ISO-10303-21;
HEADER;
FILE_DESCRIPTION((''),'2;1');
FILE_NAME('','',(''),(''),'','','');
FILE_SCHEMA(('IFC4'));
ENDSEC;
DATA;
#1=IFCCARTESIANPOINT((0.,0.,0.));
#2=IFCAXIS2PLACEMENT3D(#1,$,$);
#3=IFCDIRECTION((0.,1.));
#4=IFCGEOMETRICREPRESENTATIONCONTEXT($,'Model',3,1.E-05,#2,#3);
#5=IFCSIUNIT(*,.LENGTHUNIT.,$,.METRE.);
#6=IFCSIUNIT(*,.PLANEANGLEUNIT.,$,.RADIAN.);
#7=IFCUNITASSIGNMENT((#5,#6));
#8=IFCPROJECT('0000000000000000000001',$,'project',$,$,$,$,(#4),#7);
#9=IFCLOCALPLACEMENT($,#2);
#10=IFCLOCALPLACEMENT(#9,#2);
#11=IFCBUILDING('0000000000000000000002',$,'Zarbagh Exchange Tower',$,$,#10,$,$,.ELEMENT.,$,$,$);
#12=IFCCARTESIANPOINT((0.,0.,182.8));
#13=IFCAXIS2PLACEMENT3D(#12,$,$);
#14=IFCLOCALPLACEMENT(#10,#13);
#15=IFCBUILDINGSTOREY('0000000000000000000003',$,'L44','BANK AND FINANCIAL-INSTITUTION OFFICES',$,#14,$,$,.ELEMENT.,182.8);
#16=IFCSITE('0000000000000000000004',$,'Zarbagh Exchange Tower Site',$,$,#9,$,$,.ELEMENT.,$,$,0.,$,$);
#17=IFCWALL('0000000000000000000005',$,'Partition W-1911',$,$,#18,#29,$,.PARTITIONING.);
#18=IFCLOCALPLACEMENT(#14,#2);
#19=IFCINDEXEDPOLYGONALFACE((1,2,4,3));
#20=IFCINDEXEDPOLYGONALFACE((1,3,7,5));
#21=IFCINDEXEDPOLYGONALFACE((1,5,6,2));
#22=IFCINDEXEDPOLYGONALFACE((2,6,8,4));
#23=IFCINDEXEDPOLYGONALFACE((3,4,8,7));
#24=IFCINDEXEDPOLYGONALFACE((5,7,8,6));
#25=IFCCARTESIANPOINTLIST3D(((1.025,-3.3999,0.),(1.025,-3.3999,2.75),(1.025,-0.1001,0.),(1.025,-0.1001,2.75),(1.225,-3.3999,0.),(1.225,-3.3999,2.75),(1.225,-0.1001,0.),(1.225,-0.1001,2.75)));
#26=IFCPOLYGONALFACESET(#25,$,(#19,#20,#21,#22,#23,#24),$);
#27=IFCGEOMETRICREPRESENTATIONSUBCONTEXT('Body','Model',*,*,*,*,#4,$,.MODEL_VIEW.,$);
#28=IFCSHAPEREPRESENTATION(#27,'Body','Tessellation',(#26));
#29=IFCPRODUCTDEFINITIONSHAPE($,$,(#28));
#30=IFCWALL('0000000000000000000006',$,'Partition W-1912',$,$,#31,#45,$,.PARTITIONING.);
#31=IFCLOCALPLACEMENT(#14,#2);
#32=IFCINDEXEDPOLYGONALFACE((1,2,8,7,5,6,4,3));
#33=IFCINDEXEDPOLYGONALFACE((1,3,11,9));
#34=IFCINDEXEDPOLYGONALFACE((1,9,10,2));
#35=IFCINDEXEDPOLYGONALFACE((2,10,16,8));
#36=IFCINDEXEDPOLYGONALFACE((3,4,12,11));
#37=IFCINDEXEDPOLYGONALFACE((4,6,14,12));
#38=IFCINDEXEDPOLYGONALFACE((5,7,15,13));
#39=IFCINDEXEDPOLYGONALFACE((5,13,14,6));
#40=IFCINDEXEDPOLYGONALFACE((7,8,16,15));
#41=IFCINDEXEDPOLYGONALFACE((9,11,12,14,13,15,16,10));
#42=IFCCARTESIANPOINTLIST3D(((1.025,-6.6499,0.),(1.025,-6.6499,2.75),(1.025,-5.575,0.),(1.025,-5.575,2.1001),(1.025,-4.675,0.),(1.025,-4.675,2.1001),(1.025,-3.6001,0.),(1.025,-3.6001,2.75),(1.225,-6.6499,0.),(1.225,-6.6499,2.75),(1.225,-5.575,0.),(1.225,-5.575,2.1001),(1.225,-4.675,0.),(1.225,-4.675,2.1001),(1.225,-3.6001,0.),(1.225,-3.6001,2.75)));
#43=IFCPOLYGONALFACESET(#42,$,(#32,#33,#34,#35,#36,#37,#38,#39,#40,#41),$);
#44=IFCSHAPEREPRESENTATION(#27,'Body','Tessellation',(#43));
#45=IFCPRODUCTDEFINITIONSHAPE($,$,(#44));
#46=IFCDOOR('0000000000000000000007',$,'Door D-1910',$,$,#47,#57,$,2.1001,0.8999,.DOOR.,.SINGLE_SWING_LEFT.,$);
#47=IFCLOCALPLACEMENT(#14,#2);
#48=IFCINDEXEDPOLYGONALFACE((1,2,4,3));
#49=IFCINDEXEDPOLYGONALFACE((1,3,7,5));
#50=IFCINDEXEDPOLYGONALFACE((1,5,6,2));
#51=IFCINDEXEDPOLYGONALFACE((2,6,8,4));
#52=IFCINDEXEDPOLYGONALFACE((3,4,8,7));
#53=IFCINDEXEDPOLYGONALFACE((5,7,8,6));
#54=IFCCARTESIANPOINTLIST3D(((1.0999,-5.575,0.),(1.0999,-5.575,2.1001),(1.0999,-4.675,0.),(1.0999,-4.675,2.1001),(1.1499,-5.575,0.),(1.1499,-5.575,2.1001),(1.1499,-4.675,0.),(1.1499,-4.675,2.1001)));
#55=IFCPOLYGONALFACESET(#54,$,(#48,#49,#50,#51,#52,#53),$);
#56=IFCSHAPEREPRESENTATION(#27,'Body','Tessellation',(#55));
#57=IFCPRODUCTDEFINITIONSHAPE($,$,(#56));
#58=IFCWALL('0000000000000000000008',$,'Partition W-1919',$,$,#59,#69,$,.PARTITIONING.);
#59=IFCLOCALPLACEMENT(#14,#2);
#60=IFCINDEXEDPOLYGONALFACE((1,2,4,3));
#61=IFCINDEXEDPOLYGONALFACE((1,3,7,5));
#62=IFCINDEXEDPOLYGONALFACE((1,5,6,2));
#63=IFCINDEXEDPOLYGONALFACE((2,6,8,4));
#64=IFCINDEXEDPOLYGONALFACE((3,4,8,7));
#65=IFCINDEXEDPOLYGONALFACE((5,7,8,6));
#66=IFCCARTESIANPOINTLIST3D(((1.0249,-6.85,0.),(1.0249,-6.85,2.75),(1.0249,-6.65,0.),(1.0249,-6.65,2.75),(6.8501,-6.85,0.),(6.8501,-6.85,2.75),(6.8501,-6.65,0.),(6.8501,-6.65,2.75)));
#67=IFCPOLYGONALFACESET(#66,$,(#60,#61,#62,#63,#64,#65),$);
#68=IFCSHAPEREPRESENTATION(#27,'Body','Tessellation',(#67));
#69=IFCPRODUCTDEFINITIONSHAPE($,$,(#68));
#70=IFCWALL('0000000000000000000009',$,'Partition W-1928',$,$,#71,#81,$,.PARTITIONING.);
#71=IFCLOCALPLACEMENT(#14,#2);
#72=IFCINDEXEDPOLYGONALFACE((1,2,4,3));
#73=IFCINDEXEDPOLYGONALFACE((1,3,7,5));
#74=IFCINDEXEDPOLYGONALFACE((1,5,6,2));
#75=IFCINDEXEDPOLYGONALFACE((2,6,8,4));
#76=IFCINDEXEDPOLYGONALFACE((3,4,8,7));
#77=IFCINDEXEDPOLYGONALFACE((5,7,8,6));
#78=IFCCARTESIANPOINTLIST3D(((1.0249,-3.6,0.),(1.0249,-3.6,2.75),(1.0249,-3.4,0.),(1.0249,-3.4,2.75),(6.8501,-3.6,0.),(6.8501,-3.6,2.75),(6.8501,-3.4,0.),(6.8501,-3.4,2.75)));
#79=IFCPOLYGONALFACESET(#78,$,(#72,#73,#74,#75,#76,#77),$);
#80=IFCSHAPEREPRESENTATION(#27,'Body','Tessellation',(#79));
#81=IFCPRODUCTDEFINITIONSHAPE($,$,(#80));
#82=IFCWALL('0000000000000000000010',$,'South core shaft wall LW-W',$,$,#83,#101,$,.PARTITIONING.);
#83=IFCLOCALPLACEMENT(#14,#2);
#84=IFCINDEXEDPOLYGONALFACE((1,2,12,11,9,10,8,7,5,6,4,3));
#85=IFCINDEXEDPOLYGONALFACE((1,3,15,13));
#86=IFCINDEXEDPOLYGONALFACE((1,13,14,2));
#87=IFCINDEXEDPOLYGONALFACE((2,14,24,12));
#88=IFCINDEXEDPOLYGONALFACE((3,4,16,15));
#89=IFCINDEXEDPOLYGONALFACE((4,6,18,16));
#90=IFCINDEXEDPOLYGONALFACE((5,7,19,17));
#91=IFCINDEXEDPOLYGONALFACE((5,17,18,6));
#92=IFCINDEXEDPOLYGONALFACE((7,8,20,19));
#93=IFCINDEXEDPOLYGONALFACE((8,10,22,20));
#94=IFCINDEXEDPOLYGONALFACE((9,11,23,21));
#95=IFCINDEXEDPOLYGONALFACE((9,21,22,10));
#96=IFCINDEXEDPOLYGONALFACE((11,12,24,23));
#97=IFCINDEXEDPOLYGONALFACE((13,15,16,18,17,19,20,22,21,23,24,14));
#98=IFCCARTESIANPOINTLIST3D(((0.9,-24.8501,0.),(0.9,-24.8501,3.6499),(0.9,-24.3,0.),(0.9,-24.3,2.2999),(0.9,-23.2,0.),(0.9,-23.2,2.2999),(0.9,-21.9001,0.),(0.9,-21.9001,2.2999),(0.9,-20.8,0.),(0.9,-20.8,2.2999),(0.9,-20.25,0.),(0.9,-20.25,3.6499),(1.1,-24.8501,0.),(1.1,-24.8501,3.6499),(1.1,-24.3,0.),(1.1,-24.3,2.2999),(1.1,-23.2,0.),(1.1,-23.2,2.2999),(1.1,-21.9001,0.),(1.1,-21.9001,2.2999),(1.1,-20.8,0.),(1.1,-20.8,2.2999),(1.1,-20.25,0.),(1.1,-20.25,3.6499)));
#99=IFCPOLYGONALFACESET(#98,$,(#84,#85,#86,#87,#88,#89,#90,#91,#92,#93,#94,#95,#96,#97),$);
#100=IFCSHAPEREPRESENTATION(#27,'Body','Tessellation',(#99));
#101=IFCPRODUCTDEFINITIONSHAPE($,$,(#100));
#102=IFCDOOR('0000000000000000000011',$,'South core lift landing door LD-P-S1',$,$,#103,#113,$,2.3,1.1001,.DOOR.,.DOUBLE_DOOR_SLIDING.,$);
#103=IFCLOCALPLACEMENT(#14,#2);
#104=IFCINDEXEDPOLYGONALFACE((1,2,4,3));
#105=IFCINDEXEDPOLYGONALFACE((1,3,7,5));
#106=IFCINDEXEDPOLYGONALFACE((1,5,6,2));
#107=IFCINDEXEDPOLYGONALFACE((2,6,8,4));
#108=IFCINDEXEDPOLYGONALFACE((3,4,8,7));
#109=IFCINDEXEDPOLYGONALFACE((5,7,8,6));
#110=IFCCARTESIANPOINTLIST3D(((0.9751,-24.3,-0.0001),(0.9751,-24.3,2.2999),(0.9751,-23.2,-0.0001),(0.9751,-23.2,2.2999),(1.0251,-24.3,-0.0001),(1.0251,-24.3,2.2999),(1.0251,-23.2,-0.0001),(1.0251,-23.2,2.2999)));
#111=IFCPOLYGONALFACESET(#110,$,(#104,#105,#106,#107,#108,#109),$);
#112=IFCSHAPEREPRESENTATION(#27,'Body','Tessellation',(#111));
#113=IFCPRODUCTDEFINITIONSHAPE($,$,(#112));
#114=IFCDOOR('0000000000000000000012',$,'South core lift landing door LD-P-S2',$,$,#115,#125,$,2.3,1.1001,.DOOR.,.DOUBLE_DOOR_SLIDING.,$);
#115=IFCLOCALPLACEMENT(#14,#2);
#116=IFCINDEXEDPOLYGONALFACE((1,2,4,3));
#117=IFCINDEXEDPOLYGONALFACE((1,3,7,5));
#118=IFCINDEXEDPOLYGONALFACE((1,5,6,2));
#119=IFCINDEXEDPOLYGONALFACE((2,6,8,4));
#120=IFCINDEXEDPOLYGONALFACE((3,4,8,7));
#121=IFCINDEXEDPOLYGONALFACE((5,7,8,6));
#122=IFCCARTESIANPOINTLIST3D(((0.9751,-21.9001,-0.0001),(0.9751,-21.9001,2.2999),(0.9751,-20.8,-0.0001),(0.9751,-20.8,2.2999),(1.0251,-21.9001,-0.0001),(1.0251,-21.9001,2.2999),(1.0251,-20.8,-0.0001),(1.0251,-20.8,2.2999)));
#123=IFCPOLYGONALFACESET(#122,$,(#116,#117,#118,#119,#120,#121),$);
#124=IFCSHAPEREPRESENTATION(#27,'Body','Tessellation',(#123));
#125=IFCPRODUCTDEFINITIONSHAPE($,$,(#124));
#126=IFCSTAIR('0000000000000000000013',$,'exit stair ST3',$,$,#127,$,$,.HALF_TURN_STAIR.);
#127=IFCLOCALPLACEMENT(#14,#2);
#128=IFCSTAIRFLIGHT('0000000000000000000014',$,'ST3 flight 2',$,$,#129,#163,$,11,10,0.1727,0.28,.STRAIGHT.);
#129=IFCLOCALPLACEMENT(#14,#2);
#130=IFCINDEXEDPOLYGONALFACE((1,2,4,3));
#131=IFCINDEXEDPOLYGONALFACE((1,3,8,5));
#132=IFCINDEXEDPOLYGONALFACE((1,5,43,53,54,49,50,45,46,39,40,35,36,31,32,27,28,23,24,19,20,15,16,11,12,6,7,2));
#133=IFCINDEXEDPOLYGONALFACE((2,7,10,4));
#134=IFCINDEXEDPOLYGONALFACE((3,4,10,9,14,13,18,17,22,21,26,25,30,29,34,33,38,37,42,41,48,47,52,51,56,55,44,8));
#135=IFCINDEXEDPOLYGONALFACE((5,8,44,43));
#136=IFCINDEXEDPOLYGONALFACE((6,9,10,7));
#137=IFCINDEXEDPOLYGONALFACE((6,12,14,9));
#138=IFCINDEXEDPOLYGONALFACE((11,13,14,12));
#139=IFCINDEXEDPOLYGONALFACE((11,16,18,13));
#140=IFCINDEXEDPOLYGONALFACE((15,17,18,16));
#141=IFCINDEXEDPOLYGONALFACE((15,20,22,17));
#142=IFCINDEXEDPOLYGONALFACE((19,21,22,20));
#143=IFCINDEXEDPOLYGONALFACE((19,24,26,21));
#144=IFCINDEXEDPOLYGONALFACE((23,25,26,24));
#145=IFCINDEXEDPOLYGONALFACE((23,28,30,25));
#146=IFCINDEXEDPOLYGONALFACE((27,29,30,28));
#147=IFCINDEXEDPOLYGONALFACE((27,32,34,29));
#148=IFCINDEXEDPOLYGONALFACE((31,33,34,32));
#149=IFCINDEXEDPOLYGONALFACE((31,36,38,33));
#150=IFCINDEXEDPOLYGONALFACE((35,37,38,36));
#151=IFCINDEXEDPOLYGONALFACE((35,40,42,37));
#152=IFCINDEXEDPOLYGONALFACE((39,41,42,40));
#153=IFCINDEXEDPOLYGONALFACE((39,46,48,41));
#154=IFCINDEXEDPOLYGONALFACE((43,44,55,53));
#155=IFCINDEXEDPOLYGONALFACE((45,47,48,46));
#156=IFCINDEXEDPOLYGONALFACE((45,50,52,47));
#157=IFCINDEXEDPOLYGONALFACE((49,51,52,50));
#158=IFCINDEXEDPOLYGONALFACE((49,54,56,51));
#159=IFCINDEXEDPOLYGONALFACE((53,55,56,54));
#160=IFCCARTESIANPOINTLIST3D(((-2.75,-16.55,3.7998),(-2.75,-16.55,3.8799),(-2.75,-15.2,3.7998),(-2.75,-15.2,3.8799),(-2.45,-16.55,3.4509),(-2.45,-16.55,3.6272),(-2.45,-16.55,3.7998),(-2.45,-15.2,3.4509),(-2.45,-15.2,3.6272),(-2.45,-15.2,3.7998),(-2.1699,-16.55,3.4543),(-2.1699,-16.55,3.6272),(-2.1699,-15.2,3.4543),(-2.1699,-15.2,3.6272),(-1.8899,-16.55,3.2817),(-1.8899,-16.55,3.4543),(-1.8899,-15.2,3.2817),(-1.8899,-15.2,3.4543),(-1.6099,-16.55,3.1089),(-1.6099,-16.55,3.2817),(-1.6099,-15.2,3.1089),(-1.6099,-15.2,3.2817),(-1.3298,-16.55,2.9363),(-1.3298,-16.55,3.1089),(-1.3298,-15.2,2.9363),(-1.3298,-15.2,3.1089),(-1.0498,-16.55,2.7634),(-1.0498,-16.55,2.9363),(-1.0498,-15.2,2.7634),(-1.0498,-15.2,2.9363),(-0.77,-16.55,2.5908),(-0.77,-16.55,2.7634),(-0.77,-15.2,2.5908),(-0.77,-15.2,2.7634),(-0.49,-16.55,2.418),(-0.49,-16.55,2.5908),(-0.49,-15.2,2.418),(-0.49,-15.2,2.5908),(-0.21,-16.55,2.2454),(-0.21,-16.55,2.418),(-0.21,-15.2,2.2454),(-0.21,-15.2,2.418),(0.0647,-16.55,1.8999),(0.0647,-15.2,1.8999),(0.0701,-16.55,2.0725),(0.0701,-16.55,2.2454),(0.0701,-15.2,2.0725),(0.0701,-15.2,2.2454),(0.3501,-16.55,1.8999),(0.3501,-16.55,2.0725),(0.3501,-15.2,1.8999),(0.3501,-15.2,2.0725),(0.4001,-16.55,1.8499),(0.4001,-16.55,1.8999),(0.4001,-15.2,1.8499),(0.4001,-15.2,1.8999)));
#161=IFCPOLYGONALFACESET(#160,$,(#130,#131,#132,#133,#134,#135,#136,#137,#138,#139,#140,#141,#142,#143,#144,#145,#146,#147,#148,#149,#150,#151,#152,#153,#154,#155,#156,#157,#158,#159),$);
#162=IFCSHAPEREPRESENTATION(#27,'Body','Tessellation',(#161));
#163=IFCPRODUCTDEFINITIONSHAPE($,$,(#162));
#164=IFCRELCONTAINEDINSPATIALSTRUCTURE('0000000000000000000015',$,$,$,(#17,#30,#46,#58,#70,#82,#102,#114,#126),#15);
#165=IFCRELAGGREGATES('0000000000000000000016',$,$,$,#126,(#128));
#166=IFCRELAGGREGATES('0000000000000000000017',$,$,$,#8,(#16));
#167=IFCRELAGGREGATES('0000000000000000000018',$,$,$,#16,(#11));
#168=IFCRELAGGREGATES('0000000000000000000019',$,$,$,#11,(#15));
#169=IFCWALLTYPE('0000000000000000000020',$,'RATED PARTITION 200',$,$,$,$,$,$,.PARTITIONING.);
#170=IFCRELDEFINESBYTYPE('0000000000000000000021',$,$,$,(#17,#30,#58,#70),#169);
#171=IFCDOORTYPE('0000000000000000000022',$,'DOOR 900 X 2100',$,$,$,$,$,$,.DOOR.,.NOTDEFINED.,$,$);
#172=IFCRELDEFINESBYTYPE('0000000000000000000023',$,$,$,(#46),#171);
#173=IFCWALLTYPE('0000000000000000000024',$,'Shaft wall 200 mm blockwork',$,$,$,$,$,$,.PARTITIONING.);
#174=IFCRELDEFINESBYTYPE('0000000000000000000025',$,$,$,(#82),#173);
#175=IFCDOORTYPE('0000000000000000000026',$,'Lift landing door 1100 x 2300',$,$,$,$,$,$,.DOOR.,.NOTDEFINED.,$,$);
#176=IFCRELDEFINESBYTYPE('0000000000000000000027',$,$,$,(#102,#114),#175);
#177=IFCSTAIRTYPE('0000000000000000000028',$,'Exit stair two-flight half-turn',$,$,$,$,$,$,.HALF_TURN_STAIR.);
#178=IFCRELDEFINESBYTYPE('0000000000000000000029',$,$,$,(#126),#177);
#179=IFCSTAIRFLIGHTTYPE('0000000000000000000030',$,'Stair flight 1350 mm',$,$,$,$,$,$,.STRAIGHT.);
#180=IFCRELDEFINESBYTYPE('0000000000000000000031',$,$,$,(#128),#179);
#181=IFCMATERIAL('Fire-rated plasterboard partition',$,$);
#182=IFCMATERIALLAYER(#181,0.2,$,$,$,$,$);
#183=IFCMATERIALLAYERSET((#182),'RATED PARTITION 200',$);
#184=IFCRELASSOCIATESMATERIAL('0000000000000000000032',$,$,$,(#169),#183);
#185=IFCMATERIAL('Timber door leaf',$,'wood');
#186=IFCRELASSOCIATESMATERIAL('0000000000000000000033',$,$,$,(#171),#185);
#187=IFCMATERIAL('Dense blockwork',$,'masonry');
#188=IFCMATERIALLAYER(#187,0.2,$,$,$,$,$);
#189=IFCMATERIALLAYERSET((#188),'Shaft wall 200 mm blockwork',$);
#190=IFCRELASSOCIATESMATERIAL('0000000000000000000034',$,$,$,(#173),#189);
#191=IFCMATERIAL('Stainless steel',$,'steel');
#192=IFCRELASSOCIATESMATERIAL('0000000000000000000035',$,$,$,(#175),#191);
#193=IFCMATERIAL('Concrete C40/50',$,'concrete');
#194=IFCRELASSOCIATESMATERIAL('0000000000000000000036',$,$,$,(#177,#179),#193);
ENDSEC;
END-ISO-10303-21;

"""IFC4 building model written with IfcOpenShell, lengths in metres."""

from ifc_helpers import new_model, si_unit, direction, frame, frame_2d, origin, place, context, subcontext, project, spatial, polyline, rectangle, outline, extrude, material, layer, layer_set, type_object, element, fill, aggregate, save


model = new_model("IFC4")

# Units and contexts
model_context = context("Model", 3, precision=1e-05, world=origin(), true_north=direction((0.0, 1.0)))
body_context = subcontext(model_context, "Body", "Model", "MODEL_VIEW")
ifc_project = project(units=[si_unit("LENGTHUNIT", "METRE"), si_unit("PLANEANGLEUNIT", "RADIAN")], contexts=[model_context])

# Site, building, storey
site_placement = place(None, origin())
site = spatial("IfcSite", under=ifc_project, at=site_placement, Name="Zarbagh Exchange Tower Site", CompositionType="ELEMENT", RefElevation=0.0)
building_placement = place(site_placement, origin())
building = spatial("IfcBuilding", under=site, at=building_placement, Name="Zarbagh Exchange Tower", CompositionType="ELEMENT")
storey_placement = place(building_placement, frame((0.0, 0.0, 182.8)))
storey = spatial("IfcBuildingStorey", under=building, at=storey_placement, Name="L44", Description="BANK AND FINANCIAL-INSTITUTION OFFICES", CompositionType="ELEMENT", Elevation=182.8)

# Wall
ifc_material_1 = material(Name="Fire-rated plasterboard partition")
ifc_layer_1 = layer(ifc_material_1, 0.2)
ifc_layer_set_1 = layer_set([ifc_layer_1], Name="RATED PARTITION 200")
wall_type_1 = type_object("IfcWallType", Name="RATED PARTITION 200", PredefinedType="PARTITIONING", material=ifc_layer_set_1)
wall_1_placement = place(storey_placement, frame((1.125, -3.3999, 0.0), z_axis=(0.0, 0.0, 1.0), x_axis=(0.0, 1.0, 0.0)))
element("IfcWall", 1, at=wall_1_placement, inside=storey, type_object=wall_type_1, Name="Partition W-1911", PredefinedType="PARTITIONING", context=body_context, shape_type="SweptSolid", body=[
    extrude(rectangle(XDim=3.2998, YDim=0.2, at=frame_2d((1.6499, 0.0))), origin(), (0.0, 0.0, 1.0), 2.75),
])

# Wall, opening, door
wall_2_placement = place(storey_placement, frame((1.125, -3.6001, 0.0), z_axis=(0.0, 0.0, 1.0), x_axis=(0.0, -1.0, 0.0)))
wall_2 = element("IfcWall", 2, at=wall_2_placement, inside=storey, type_object=wall_type_1, Name="Partition W-1912", PredefinedType="PARTITIONING", context=body_context, shape_type="SweptSolid", body=[
    extrude(rectangle(XDim=3.0498, YDim=0.2, at=frame_2d((1.5249, 0.0))), origin(), (0.0, 0.0, 1.0), 2.75),
])
opening_1_placement = place(wall_2_placement, frame((1.075, 0.0, 0.0)))
opening_1 = element("IfcOpeningElement", 3, at=opening_1_placement, cuts=wall_2, PredefinedType="OPENING", context=body_context, shape_type="SweptSolid", body=[
    extrude(rectangle(XDim=0.8999, YDim=2.1001, at=frame_2d((0.45, 1.05))), frame((0.0, 0.1099, 0.0), z_axis=(0.0, -1.0, 0.0), x_axis=(1.0, 0.0, 0.0)), (0.0, 0.0, 1.0), 0.22),
])
ifc_material_2 = material(Name="Timber door leaf", Category="wood")
door_type_1 = type_object("IfcDoorType", Name="DOOR 900 X 2100", OperationType="NOTDEFINED", PredefinedType="DOOR", material=ifc_material_2)
door_1_placement = place(opening_1_placement, origin())
door_1 = element("IfcDoor", 4, at=door_1_placement, inside=storey, type_object=door_type_1, Name="Door D-1910", OperationType="SINGLE_SWING_LEFT", OverallHeight=2.1001, OverallWidth=0.8999, PredefinedType="DOOR", context=body_context, shape_type="SweptSolid", body=[
    extrude(rectangle(XDim=0.8999, YDim=2.1001, at=frame_2d((0.45, 1.05))), frame((0.0, 0.0249, 0.0), z_axis=(0.0, -1.0, 0.0), x_axis=(1.0, 0.0, 0.0)), (0.0, 0.0, 1.0), 0.05),
])
fill(opening_1, door_1)

# Walls
for number, where, z_axis, x_axis, name in (
    (5, (1.0249, -6.75, 0.0), (0.0, 0.0, 1.0), (1.0, 0.0, 0.0), "Partition W-1919"),
    (6, (1.0249, -3.5, 0.0), (0.0, 0.0, 1.0), (1.0, 0.0, 0.0), "Partition W-1928"),
):
    element("IfcWall", number, at=place(storey_placement, frame(where, z_axis=z_axis, x_axis=x_axis)), inside=storey, type_object=wall_type_1, Name=name, PredefinedType="PARTITIONING", context=body_context, shape_type="SweptSolid", body=[
        extrude(rectangle(XDim=5.8252, YDim=0.2, at=frame_2d((2.9126, 0.0))), origin(), (0.0, 0.0, 1.0), 2.75),
    ])

# Wall, openings, doors
ifc_material_3 = material(Name="Dense blockwork", Category="masonry")
ifc_layer_2 = layer(ifc_material_3, 0.2)
ifc_layer_set_2 = layer_set([ifc_layer_2], Name="Shaft wall 200 mm blockwork")
wall_type_2 = type_object("IfcWallType", Name="Shaft wall 200 mm blockwork", PredefinedType="PARTITIONING", material=ifc_layer_set_2)
wall_3_placement = place(storey_placement, frame((1.0, -24.8501, 0.0), z_axis=(0.0, 0.0, 1.0), x_axis=(0.0, 1.0, 0.0)))
wall_3 = element("IfcWall", 7, at=wall_3_placement, inside=storey, type_object=wall_type_2, Name="South core shaft wall LW-W", PredefinedType="PARTITIONING", context=body_context, shape_type="SweptSolid", body=[
    extrude(rectangle(XDim=4.6001, YDim=0.2, at=frame_2d((2.3, 0.0))), origin(), (0.0, 0.0, 1.0), 3.6499),
])
opening_2_placement = place(wall_3_placement, frame((0.55, 0.0, 0.0)))
opening_2 = element("IfcOpeningElement", 8, at=opening_2_placement, cuts=wall_3, PredefinedType="OPENING", context=body_context, shape_type="SweptSolid", body=[
    extrude(rectangle(XDim=1.1001, YDim=2.3, at=frame_2d((0.55, 1.1499))), frame((0.0, 0.1099, 0.0), z_axis=(0.0, -1.0, 0.0), x_axis=(1.0, 0.0, 0.0)), (0.0, 0.0, 1.0), 0.22),
])
opening_3_placement = place(wall_3_placement, frame((2.95, 0.0, 0.0)))
opening_3 = element("IfcOpeningElement", 9, at=opening_3_placement, cuts=wall_3, PredefinedType="OPENING", context=body_context, shape_type="SweptSolid", body=[
    extrude(rectangle(XDim=1.1001, YDim=2.3, at=frame_2d((0.55, 1.1499))), frame((0.0, 0.1099, 0.0), z_axis=(0.0, -1.0, 0.0), x_axis=(1.0, 0.0, 0.0)), (0.0, 0.0, 1.0), 0.22),
])
ifc_material_4 = material(Name="Stainless steel", Category="steel")
door_type_2 = type_object("IfcDoorType", Name="Lift landing door 1100 x 2300", OperationType="NOTDEFINED", PredefinedType="DOOR", material=ifc_material_4)
door_2_placement = place(opening_2_placement, origin())
door_2 = element("IfcDoor", 10, at=door_2_placement, inside=storey, type_object=door_type_2, Name="South core lift landing door LD-P-S1", OperationType="DOUBLE_DOOR_SLIDING", OverallHeight=2.3, OverallWidth=1.1001, PredefinedType="DOOR", context=body_context, shape_type="SweptSolid", body=[
    extrude(rectangle(XDim=1.1001, YDim=2.3, at=frame_2d((0.55, 1.1499))), frame((0.0, 0.0249, 0.0), z_axis=(0.0, -1.0, 0.0), x_axis=(1.0, 0.0, 0.0)), (0.0, 0.0, 1.0), 0.05),
])
fill(opening_2, door_2)
door_3_placement = place(opening_3_placement, origin())
door_3 = element("IfcDoor", 11, at=door_3_placement, inside=storey, type_object=door_type_2, Name="South core lift landing door LD-P-S2", OperationType="DOUBLE_DOOR_SLIDING", OverallHeight=2.3, OverallWidth=1.1001, PredefinedType="DOOR", context=body_context, shape_type="SweptSolid", body=[
    extrude(rectangle(XDim=1.1001, YDim=2.3, at=frame_2d((0.55, 1.1499))), frame((0.0, 0.0249, 0.0), z_axis=(0.0, -1.0, 0.0), x_axis=(1.0, 0.0, 0.0)), (0.0, 0.0, 1.0), 0.05),
])
fill(opening_3, door_3)

# Stair, stair flight
ifc_material_5 = material(Name="Concrete C40/50", Category="concrete")
stair_type = type_object("IfcStairType", Name="Exit stair two-flight half-turn", PredefinedType="HALF_TURN_STAIR", material=ifc_material_5)
stair_1_placement = place(storey_placement, origin())
stair_1 = element("IfcStair", 12, at=stair_1_placement, inside=storey, type_object=stair_type, Name="exit stair ST3", PredefinedType="HALF_TURN_STAIR")
stair_flight_type_1 = type_object("IfcStairFlightType", Name="Stair flight 1350 mm", PredefinedType="STRAIGHT", material=ifc_material_5)
stair_flight_1_placement = place(storey_placement, frame((0.3501, -15.875, 1.8999), z_axis=(0.0, 0.0, 1.0), x_axis=(-1.0, 0.0, 0.0)))
stair_flight_1 = element("IfcStairFlight", 13, at=stair_flight_1_placement, type_object=stair_flight_type_1, Name="ST3 flight 2", NumberOfRisers=11, NumberOfTreads=10, PredefinedType="STRAIGHT", RiserHeight=0.1727, TreadLength=0.28, context=body_context, shape_type="SweptSolid", body=[
    extrude(outline(polyline([(-0.05, -0.05), (-0.05, 0.0), (0.0, 0.0), (0.0, 0.1726), (0.28, 0.1726), (0.28, 0.3455), (0.5601, 0.3455), (0.5601, 0.5181), (0.8401, 0.5181), (0.8401, 0.6909), (1.1201, 0.6909), (1.1201, 0.8635), (1.3999, 0.8635), (1.3999, 1.0364), (1.6799, 1.0364), (1.6799, 1.209), (1.96, 1.209), (1.96, 1.3818), (2.24, 1.3818), (2.24, 1.5544), (2.52, 1.5544), (2.52, 1.7273), (2.8, 1.7273), (2.8, 1.8999), (3.1001, 1.98), (3.1001, 1.8999), (2.8, 1.551), (0.2854, 0.0), (-0.05, -0.05)])), frame((0.0, 0.675, 0.0), z_axis=(0.0, -1.0, 0.0), x_axis=(1.0, 0.0, 0.0)), (0.0, 0.0, 1.0), 1.3501),
])
aggregate(stair_1, [stair_flight_1])

save(model, "model.ifc")
